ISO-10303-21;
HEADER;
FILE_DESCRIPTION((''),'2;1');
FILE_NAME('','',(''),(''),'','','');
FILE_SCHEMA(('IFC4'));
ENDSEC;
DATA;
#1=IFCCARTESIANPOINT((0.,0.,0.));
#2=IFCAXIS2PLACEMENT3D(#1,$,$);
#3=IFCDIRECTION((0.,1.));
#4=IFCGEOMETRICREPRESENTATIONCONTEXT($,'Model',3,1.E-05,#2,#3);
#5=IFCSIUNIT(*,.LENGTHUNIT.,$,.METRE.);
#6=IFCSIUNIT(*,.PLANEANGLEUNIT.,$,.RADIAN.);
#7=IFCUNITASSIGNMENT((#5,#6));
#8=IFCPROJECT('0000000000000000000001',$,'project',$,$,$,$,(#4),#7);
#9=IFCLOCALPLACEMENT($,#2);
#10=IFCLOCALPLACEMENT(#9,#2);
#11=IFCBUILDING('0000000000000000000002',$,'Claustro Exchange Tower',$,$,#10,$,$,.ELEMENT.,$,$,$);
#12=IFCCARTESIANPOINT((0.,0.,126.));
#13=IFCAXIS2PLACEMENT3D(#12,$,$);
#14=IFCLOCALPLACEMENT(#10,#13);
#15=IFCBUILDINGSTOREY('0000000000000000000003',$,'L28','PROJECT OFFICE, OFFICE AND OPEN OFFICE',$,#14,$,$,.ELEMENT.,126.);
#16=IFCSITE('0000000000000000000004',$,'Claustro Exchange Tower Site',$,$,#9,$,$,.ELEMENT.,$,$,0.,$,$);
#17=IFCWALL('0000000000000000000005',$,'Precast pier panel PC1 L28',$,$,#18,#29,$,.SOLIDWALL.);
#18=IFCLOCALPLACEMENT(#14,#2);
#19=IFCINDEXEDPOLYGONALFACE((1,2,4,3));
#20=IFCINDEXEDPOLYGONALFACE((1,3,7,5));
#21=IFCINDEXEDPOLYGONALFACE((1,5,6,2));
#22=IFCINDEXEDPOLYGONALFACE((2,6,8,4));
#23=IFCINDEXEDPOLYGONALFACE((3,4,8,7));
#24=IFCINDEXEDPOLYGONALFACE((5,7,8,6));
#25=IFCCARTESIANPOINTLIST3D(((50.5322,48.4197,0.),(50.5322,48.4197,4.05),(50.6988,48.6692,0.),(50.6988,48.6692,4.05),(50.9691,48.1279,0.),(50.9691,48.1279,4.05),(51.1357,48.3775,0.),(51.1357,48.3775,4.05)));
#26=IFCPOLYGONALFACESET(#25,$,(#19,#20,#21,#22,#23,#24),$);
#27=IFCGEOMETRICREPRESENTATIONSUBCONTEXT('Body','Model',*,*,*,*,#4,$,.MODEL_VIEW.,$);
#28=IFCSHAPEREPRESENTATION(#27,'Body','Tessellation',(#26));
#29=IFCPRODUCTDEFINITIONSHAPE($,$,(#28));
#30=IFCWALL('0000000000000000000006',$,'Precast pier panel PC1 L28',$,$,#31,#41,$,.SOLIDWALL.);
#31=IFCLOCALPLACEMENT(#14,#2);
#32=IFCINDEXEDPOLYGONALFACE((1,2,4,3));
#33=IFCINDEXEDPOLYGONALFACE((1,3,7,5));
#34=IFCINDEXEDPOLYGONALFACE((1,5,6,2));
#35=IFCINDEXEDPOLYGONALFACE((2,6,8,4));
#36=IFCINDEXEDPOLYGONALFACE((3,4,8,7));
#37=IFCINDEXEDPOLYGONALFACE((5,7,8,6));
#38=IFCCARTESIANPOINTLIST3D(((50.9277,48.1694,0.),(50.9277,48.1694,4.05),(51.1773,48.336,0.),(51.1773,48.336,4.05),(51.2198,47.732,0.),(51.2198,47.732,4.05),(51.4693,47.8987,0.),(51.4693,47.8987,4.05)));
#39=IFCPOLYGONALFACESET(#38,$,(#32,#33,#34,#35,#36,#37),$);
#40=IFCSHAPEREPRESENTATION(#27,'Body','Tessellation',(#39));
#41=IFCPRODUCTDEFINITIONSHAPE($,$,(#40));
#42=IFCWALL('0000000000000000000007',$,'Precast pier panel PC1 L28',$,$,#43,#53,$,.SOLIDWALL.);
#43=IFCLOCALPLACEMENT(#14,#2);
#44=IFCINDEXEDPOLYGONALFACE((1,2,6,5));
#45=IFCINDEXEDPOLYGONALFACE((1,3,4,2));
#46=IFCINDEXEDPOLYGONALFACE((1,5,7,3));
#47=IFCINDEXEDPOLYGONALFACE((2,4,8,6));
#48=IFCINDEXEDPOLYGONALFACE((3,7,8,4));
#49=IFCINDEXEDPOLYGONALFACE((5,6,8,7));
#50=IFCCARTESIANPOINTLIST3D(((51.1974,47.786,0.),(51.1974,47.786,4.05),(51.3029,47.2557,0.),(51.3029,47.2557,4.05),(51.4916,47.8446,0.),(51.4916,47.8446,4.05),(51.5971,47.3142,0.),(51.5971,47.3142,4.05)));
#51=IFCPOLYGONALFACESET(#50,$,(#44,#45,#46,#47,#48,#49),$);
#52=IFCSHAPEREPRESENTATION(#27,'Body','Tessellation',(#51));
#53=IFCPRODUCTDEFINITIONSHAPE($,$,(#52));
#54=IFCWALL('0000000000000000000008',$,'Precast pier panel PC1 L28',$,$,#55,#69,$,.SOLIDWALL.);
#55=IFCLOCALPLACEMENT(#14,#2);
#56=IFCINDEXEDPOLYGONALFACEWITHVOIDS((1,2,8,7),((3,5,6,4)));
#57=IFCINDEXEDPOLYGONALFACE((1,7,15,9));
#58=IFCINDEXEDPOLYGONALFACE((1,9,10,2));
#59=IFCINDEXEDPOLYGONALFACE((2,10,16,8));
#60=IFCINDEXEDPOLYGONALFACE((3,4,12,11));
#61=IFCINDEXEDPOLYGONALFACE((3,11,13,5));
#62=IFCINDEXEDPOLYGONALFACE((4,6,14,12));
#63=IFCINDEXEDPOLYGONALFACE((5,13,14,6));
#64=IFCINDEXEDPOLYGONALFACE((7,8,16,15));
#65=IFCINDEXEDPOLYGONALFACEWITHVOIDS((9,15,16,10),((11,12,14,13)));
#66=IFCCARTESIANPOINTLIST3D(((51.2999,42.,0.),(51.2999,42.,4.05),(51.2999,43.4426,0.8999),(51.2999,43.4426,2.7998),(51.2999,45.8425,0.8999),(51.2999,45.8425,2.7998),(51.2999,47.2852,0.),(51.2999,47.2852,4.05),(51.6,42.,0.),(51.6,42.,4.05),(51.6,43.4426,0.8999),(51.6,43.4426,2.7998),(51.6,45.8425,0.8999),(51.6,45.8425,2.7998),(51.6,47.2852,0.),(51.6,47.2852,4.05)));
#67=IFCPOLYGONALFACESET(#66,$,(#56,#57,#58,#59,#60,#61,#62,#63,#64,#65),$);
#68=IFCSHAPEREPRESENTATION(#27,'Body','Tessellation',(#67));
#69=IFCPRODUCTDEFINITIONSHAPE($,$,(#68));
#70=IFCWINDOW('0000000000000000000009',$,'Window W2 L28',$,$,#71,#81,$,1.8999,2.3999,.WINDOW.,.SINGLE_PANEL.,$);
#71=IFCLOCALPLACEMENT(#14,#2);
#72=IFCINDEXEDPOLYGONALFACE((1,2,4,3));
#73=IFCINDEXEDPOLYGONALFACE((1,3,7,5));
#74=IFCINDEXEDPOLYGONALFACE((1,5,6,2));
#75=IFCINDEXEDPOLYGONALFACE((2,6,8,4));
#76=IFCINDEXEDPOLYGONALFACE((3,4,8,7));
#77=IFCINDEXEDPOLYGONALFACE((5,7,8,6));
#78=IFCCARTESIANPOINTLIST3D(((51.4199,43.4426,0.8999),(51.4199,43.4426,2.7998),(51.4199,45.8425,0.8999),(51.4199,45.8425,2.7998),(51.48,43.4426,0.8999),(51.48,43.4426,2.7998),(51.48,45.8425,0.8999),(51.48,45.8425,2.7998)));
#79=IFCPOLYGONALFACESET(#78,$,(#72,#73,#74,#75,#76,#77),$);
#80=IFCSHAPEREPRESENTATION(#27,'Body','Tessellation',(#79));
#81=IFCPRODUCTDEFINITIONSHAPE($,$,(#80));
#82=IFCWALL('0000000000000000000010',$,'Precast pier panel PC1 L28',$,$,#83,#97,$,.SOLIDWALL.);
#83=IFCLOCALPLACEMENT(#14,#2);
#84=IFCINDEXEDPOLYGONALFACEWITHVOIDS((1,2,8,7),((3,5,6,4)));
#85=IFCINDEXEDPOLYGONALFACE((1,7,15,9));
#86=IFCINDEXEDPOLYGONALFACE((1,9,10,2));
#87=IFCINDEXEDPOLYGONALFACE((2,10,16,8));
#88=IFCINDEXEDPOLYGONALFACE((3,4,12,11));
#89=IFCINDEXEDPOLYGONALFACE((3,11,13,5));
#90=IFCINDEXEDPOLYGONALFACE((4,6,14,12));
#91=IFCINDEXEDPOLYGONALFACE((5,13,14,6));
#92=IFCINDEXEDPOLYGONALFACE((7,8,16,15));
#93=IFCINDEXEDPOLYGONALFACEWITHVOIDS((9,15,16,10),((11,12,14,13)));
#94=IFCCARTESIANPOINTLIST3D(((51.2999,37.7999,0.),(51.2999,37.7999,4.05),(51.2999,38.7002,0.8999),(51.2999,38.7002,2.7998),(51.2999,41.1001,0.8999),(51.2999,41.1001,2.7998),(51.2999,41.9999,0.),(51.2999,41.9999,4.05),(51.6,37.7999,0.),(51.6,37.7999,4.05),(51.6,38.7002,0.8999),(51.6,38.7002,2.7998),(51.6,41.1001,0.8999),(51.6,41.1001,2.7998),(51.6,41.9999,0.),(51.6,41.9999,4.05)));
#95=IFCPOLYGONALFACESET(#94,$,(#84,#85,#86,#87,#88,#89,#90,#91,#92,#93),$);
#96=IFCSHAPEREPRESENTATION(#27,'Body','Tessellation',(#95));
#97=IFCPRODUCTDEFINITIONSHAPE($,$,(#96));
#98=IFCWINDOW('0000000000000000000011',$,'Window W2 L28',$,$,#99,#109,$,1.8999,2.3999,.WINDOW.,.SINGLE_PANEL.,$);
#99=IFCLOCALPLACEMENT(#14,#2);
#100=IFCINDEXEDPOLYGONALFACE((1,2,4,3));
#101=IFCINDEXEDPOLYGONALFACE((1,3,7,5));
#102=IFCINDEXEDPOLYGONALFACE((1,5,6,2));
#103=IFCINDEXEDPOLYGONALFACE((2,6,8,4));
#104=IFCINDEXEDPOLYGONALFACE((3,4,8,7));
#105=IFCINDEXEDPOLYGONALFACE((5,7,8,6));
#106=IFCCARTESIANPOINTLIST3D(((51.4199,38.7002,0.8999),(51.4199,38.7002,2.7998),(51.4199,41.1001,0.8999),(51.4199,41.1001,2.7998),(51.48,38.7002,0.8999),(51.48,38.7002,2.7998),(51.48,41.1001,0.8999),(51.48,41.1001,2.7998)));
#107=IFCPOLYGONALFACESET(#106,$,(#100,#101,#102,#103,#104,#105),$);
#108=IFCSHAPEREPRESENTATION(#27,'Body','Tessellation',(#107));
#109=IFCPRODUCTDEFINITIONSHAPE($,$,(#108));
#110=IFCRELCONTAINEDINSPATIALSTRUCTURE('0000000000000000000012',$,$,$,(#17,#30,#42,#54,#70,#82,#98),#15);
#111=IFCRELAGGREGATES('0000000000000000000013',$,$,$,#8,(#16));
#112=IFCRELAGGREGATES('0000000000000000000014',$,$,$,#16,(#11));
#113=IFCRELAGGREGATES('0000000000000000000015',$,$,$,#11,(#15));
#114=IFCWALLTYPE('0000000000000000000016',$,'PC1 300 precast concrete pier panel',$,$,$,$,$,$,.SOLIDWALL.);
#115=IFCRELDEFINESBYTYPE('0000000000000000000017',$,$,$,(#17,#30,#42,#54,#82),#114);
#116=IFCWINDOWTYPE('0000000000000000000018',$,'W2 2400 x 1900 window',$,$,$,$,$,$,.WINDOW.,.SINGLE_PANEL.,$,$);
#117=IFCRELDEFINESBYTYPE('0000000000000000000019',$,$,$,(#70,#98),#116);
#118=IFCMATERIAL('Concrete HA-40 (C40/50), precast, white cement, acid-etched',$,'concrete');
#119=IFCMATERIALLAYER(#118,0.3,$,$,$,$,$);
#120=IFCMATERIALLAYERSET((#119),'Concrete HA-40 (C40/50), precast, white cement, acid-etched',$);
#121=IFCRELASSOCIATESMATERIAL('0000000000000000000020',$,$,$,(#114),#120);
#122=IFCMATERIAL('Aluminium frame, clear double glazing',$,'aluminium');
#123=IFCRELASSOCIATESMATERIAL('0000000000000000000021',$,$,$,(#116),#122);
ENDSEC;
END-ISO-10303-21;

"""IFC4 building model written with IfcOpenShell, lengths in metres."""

from ifc_helpers import new_model, si_unit, direction, frame, frame_2d, origin, place, context, subcontext, project, spatial, rectangle, extrude, material, layer, layer_set, type_object, element, fill, save


model = new_model("IFC4")

# Units and contexts
model_context = context("Model", 3, precision=1e-05, world=origin(), true_north=direction((0.0, 1.0)))
body_context = subcontext(model_context, "Body", "Model", "MODEL_VIEW")
ifc_project = project(units=[si_unit("LENGTHUNIT", "METRE"), si_unit("PLANEANGLEUNIT", "RADIAN")], contexts=[model_context])

# Site, building, storey
site_placement = place(None, origin())
site = spatial("IfcSite", under=ifc_project, at=site_placement, Name="Claustro Exchange Tower Site", CompositionType="ELEMENT", RefElevation=0.0)
building_placement = place(site_placement, origin())
building = spatial("IfcBuilding", under=site, at=building_placement, Name="Claustro Exchange Tower", CompositionType="ELEMENT")
storey_placement = place(building_placement, frame((0.0, 0.0, 126.0)))
storey = spatial("IfcBuildingStorey", under=building, at=storey_placement, Name="L28", Description="PROJECT OFFICE, OFFICE AND OPEN OFFICE", CompositionType="ELEMENT", Elevation=126.0)

# Shared definitions
ifc_material_1 = material(Name="Concrete HA-40 (C40/50), precast, white cement, acid-etched", Category="concrete")
ifc_layer_1 = layer(ifc_material_1, 0.3)
ifc_layer_set_1 = layer_set([ifc_layer_1], Name="Concrete HA-40 (C40/50), precast, white cement, acid-etched")
wall_type_1 = type_object("IfcWallType", Name="PC1 300 precast concrete pier panel", PredefinedType="SOLIDWALL", material=ifc_layer_set_1)

# Walls
wall_1_placement = place(storey_placement, frame((50.6155, 48.5444, 0.0), z_axis=(0.0, 0.0, 1.0), x_axis=(0.831693, -0.555236, 0.0)))
element("IfcWall", 1, at=wall_1_placement, inside=storey, type_object=wall_type_1, Name="Precast pier panel PC1 L28", PredefinedType="SOLIDWALL", context=body_context, shape_type="SweptSolid", body=[
    extrude(rectangle(XDim=0.5254, YDim=0.3, at=frame_2d((0.2627, 0.0))), origin(), (0.0, 0.0, 1.0), 4.05),
])
wall_2_placement = place(storey_placement, frame((51.0525, 48.2527, 0.0), z_axis=(0.0, 0.0, 1.0), x_axis=(0.555343, -0.831621, 0.0)))
element("IfcWall", 2, at=wall_2_placement, inside=storey, type_object=wall_type_1, Name="Precast pier panel PC1 L28", PredefinedType="SOLIDWALL", context=body_context, shape_type="SweptSolid", body=[
    extrude(rectangle(XDim=0.5259, YDim=0.3, at=frame_2d((0.2629, 0.0))), origin(), (0.0, 0.0, 1.0), 4.05),
])
wall_3_placement = place(storey_placement, frame((51.3445, 47.8154, 0.0), z_axis=(0.0, 0.0, 1.0), x_axis=(0.195074, -0.980789, 0.0)))
element("IfcWall", 3, at=wall_3_placement, inside=storey, type_object=wall_type_1, Name="Precast pier panel PC1 L28", PredefinedType="SOLIDWALL", context=body_context, shape_type="SweptSolid", body=[
    extrude(rectangle(XDim=0.5408, YDim=0.3, at=frame_2d((0.2705, 0.0))), origin(), (0.0, 0.0, 1.0), 4.05),
])

# Walls, openings, windows
wall_4_placement = place(storey_placement, frame((51.45, 47.2852, 0.0), z_axis=(0.0, 0.0, 1.0), x_axis=(0.0, -1.0, 0.0)))
wall_4 = element("IfcWall", 4, at=wall_4_placement, inside=storey, type_object=wall_type_1, Name="Precast pier panel PC1 L28", PredefinedType="SOLIDWALL", context=body_context, shape_type="SweptSolid", body=[
    extrude(rectangle(XDim=5.2852, YDim=0.3, at=frame_2d((2.6426, 0.0))), origin(), (0.0, 0.0, 1.0), 4.05),
])
opening_1_placement = place(wall_4_placement, frame((1.4426, 0.0, 0.8999)))
opening_1 = element("IfcOpeningElement", 5, at=opening_1_placement, cuts=wall_4, PredefinedType="OPENING", context=body_context, shape_type="SweptSolid", body=[
    extrude(rectangle(XDim=2.3999, YDim=1.8999, at=frame_2d((1.2, 0.95))), frame((0.0, 0.1599, 0.0), z_axis=(0.0, -1.0, 0.0), x_axis=(1.0, 0.0, 0.0)), (0.0, 0.0, 1.0), 0.3201),
])
ifc_material_2 = material(Name="Aluminium frame, clear double glazing", Category="aluminium")
window_type_1 = type_object("IfcWindowType", Name="W2 2400 x 1900 window", PartitioningType="SINGLE_PANEL", PredefinedType="WINDOW", material=ifc_material_2)
window_1_placement = place(opening_1_placement, origin())
window_1 = element("IfcWindow", 6, at=window_1_placement, inside=storey, type_object=window_type_1, Name="Window W2 L28", OverallHeight=1.8999, OverallWidth=2.3999, PartitioningType="SINGLE_PANEL", PredefinedType="WINDOW", context=body_context, shape_type="SweptSolid", body=[
    extrude(rectangle(XDim=2.3999, YDim=1.8999, at=frame_2d((1.2, 0.95))), frame((0.0, 0.03, 0.0), z_axis=(0.0, -1.0, 0.0), x_axis=(1.0, 0.0, 0.0)), (0.0, 0.0, 1.0), 0.0601),
])
fill(opening_1, window_1)
wall_5_placement = place(storey_placement, frame((51.45, 42.0, 0.0), z_axis=(0.0, 0.0, 1.0), x_axis=(0.0, -1.0, 0.0)))
wall_5 = element("IfcWall", 7, at=wall_5_placement, inside=storey, type_object=wall_type_1, Name="Precast pier panel PC1 L28", PredefinedType="SOLIDWALL", context=body_context, shape_type="SweptSolid", body=[
    extrude(rectangle(XDim=4.2, YDim=0.3, at=frame_2d((2.1001, 0.0))), origin(), (0.0, 0.0, 1.0), 4.05),
])
opening_2_placement = place(wall_5_placement, frame((0.8999, 0.0, 0.8999)))
opening_2 = element("IfcOpeningElement", 8, at=opening_2_placement, cuts=wall_5, PredefinedType="OPENING", context=body_context, shape_type="SweptSolid", body=[
    extrude(rectangle(XDim=2.3999, YDim=1.8999, at=frame_2d((1.2, 0.95))), frame((0.0, 0.1599, 0.0), z_axis=(0.0, -1.0, 0.0), x_axis=(1.0, 0.0, 0.0)), (0.0, 0.0, 1.0), 0.3201),
])
window_2_placement = place(opening_2_placement, origin())
window_2 = element("IfcWindow", 9, at=window_2_placement, inside=storey, type_object=window_type_1, Name="Window W2 L28", OverallHeight=1.8999, OverallWidth=2.3999, PartitioningType="SINGLE_PANEL", PredefinedType="WINDOW", context=body_context, shape_type="SweptSolid", body=[
    extrude(rectangle(XDim=2.3999, YDim=1.8999, at=frame_2d((1.2, 0.95))), frame((0.0, 0.03, 0.0), z_axis=(0.0, -1.0, 0.0), x_axis=(1.0, 0.0, 0.0)), (0.0, 0.0, 1.0), 0.0601),
])
fill(opening_2, window_2)

save(model, "model.ifc")
